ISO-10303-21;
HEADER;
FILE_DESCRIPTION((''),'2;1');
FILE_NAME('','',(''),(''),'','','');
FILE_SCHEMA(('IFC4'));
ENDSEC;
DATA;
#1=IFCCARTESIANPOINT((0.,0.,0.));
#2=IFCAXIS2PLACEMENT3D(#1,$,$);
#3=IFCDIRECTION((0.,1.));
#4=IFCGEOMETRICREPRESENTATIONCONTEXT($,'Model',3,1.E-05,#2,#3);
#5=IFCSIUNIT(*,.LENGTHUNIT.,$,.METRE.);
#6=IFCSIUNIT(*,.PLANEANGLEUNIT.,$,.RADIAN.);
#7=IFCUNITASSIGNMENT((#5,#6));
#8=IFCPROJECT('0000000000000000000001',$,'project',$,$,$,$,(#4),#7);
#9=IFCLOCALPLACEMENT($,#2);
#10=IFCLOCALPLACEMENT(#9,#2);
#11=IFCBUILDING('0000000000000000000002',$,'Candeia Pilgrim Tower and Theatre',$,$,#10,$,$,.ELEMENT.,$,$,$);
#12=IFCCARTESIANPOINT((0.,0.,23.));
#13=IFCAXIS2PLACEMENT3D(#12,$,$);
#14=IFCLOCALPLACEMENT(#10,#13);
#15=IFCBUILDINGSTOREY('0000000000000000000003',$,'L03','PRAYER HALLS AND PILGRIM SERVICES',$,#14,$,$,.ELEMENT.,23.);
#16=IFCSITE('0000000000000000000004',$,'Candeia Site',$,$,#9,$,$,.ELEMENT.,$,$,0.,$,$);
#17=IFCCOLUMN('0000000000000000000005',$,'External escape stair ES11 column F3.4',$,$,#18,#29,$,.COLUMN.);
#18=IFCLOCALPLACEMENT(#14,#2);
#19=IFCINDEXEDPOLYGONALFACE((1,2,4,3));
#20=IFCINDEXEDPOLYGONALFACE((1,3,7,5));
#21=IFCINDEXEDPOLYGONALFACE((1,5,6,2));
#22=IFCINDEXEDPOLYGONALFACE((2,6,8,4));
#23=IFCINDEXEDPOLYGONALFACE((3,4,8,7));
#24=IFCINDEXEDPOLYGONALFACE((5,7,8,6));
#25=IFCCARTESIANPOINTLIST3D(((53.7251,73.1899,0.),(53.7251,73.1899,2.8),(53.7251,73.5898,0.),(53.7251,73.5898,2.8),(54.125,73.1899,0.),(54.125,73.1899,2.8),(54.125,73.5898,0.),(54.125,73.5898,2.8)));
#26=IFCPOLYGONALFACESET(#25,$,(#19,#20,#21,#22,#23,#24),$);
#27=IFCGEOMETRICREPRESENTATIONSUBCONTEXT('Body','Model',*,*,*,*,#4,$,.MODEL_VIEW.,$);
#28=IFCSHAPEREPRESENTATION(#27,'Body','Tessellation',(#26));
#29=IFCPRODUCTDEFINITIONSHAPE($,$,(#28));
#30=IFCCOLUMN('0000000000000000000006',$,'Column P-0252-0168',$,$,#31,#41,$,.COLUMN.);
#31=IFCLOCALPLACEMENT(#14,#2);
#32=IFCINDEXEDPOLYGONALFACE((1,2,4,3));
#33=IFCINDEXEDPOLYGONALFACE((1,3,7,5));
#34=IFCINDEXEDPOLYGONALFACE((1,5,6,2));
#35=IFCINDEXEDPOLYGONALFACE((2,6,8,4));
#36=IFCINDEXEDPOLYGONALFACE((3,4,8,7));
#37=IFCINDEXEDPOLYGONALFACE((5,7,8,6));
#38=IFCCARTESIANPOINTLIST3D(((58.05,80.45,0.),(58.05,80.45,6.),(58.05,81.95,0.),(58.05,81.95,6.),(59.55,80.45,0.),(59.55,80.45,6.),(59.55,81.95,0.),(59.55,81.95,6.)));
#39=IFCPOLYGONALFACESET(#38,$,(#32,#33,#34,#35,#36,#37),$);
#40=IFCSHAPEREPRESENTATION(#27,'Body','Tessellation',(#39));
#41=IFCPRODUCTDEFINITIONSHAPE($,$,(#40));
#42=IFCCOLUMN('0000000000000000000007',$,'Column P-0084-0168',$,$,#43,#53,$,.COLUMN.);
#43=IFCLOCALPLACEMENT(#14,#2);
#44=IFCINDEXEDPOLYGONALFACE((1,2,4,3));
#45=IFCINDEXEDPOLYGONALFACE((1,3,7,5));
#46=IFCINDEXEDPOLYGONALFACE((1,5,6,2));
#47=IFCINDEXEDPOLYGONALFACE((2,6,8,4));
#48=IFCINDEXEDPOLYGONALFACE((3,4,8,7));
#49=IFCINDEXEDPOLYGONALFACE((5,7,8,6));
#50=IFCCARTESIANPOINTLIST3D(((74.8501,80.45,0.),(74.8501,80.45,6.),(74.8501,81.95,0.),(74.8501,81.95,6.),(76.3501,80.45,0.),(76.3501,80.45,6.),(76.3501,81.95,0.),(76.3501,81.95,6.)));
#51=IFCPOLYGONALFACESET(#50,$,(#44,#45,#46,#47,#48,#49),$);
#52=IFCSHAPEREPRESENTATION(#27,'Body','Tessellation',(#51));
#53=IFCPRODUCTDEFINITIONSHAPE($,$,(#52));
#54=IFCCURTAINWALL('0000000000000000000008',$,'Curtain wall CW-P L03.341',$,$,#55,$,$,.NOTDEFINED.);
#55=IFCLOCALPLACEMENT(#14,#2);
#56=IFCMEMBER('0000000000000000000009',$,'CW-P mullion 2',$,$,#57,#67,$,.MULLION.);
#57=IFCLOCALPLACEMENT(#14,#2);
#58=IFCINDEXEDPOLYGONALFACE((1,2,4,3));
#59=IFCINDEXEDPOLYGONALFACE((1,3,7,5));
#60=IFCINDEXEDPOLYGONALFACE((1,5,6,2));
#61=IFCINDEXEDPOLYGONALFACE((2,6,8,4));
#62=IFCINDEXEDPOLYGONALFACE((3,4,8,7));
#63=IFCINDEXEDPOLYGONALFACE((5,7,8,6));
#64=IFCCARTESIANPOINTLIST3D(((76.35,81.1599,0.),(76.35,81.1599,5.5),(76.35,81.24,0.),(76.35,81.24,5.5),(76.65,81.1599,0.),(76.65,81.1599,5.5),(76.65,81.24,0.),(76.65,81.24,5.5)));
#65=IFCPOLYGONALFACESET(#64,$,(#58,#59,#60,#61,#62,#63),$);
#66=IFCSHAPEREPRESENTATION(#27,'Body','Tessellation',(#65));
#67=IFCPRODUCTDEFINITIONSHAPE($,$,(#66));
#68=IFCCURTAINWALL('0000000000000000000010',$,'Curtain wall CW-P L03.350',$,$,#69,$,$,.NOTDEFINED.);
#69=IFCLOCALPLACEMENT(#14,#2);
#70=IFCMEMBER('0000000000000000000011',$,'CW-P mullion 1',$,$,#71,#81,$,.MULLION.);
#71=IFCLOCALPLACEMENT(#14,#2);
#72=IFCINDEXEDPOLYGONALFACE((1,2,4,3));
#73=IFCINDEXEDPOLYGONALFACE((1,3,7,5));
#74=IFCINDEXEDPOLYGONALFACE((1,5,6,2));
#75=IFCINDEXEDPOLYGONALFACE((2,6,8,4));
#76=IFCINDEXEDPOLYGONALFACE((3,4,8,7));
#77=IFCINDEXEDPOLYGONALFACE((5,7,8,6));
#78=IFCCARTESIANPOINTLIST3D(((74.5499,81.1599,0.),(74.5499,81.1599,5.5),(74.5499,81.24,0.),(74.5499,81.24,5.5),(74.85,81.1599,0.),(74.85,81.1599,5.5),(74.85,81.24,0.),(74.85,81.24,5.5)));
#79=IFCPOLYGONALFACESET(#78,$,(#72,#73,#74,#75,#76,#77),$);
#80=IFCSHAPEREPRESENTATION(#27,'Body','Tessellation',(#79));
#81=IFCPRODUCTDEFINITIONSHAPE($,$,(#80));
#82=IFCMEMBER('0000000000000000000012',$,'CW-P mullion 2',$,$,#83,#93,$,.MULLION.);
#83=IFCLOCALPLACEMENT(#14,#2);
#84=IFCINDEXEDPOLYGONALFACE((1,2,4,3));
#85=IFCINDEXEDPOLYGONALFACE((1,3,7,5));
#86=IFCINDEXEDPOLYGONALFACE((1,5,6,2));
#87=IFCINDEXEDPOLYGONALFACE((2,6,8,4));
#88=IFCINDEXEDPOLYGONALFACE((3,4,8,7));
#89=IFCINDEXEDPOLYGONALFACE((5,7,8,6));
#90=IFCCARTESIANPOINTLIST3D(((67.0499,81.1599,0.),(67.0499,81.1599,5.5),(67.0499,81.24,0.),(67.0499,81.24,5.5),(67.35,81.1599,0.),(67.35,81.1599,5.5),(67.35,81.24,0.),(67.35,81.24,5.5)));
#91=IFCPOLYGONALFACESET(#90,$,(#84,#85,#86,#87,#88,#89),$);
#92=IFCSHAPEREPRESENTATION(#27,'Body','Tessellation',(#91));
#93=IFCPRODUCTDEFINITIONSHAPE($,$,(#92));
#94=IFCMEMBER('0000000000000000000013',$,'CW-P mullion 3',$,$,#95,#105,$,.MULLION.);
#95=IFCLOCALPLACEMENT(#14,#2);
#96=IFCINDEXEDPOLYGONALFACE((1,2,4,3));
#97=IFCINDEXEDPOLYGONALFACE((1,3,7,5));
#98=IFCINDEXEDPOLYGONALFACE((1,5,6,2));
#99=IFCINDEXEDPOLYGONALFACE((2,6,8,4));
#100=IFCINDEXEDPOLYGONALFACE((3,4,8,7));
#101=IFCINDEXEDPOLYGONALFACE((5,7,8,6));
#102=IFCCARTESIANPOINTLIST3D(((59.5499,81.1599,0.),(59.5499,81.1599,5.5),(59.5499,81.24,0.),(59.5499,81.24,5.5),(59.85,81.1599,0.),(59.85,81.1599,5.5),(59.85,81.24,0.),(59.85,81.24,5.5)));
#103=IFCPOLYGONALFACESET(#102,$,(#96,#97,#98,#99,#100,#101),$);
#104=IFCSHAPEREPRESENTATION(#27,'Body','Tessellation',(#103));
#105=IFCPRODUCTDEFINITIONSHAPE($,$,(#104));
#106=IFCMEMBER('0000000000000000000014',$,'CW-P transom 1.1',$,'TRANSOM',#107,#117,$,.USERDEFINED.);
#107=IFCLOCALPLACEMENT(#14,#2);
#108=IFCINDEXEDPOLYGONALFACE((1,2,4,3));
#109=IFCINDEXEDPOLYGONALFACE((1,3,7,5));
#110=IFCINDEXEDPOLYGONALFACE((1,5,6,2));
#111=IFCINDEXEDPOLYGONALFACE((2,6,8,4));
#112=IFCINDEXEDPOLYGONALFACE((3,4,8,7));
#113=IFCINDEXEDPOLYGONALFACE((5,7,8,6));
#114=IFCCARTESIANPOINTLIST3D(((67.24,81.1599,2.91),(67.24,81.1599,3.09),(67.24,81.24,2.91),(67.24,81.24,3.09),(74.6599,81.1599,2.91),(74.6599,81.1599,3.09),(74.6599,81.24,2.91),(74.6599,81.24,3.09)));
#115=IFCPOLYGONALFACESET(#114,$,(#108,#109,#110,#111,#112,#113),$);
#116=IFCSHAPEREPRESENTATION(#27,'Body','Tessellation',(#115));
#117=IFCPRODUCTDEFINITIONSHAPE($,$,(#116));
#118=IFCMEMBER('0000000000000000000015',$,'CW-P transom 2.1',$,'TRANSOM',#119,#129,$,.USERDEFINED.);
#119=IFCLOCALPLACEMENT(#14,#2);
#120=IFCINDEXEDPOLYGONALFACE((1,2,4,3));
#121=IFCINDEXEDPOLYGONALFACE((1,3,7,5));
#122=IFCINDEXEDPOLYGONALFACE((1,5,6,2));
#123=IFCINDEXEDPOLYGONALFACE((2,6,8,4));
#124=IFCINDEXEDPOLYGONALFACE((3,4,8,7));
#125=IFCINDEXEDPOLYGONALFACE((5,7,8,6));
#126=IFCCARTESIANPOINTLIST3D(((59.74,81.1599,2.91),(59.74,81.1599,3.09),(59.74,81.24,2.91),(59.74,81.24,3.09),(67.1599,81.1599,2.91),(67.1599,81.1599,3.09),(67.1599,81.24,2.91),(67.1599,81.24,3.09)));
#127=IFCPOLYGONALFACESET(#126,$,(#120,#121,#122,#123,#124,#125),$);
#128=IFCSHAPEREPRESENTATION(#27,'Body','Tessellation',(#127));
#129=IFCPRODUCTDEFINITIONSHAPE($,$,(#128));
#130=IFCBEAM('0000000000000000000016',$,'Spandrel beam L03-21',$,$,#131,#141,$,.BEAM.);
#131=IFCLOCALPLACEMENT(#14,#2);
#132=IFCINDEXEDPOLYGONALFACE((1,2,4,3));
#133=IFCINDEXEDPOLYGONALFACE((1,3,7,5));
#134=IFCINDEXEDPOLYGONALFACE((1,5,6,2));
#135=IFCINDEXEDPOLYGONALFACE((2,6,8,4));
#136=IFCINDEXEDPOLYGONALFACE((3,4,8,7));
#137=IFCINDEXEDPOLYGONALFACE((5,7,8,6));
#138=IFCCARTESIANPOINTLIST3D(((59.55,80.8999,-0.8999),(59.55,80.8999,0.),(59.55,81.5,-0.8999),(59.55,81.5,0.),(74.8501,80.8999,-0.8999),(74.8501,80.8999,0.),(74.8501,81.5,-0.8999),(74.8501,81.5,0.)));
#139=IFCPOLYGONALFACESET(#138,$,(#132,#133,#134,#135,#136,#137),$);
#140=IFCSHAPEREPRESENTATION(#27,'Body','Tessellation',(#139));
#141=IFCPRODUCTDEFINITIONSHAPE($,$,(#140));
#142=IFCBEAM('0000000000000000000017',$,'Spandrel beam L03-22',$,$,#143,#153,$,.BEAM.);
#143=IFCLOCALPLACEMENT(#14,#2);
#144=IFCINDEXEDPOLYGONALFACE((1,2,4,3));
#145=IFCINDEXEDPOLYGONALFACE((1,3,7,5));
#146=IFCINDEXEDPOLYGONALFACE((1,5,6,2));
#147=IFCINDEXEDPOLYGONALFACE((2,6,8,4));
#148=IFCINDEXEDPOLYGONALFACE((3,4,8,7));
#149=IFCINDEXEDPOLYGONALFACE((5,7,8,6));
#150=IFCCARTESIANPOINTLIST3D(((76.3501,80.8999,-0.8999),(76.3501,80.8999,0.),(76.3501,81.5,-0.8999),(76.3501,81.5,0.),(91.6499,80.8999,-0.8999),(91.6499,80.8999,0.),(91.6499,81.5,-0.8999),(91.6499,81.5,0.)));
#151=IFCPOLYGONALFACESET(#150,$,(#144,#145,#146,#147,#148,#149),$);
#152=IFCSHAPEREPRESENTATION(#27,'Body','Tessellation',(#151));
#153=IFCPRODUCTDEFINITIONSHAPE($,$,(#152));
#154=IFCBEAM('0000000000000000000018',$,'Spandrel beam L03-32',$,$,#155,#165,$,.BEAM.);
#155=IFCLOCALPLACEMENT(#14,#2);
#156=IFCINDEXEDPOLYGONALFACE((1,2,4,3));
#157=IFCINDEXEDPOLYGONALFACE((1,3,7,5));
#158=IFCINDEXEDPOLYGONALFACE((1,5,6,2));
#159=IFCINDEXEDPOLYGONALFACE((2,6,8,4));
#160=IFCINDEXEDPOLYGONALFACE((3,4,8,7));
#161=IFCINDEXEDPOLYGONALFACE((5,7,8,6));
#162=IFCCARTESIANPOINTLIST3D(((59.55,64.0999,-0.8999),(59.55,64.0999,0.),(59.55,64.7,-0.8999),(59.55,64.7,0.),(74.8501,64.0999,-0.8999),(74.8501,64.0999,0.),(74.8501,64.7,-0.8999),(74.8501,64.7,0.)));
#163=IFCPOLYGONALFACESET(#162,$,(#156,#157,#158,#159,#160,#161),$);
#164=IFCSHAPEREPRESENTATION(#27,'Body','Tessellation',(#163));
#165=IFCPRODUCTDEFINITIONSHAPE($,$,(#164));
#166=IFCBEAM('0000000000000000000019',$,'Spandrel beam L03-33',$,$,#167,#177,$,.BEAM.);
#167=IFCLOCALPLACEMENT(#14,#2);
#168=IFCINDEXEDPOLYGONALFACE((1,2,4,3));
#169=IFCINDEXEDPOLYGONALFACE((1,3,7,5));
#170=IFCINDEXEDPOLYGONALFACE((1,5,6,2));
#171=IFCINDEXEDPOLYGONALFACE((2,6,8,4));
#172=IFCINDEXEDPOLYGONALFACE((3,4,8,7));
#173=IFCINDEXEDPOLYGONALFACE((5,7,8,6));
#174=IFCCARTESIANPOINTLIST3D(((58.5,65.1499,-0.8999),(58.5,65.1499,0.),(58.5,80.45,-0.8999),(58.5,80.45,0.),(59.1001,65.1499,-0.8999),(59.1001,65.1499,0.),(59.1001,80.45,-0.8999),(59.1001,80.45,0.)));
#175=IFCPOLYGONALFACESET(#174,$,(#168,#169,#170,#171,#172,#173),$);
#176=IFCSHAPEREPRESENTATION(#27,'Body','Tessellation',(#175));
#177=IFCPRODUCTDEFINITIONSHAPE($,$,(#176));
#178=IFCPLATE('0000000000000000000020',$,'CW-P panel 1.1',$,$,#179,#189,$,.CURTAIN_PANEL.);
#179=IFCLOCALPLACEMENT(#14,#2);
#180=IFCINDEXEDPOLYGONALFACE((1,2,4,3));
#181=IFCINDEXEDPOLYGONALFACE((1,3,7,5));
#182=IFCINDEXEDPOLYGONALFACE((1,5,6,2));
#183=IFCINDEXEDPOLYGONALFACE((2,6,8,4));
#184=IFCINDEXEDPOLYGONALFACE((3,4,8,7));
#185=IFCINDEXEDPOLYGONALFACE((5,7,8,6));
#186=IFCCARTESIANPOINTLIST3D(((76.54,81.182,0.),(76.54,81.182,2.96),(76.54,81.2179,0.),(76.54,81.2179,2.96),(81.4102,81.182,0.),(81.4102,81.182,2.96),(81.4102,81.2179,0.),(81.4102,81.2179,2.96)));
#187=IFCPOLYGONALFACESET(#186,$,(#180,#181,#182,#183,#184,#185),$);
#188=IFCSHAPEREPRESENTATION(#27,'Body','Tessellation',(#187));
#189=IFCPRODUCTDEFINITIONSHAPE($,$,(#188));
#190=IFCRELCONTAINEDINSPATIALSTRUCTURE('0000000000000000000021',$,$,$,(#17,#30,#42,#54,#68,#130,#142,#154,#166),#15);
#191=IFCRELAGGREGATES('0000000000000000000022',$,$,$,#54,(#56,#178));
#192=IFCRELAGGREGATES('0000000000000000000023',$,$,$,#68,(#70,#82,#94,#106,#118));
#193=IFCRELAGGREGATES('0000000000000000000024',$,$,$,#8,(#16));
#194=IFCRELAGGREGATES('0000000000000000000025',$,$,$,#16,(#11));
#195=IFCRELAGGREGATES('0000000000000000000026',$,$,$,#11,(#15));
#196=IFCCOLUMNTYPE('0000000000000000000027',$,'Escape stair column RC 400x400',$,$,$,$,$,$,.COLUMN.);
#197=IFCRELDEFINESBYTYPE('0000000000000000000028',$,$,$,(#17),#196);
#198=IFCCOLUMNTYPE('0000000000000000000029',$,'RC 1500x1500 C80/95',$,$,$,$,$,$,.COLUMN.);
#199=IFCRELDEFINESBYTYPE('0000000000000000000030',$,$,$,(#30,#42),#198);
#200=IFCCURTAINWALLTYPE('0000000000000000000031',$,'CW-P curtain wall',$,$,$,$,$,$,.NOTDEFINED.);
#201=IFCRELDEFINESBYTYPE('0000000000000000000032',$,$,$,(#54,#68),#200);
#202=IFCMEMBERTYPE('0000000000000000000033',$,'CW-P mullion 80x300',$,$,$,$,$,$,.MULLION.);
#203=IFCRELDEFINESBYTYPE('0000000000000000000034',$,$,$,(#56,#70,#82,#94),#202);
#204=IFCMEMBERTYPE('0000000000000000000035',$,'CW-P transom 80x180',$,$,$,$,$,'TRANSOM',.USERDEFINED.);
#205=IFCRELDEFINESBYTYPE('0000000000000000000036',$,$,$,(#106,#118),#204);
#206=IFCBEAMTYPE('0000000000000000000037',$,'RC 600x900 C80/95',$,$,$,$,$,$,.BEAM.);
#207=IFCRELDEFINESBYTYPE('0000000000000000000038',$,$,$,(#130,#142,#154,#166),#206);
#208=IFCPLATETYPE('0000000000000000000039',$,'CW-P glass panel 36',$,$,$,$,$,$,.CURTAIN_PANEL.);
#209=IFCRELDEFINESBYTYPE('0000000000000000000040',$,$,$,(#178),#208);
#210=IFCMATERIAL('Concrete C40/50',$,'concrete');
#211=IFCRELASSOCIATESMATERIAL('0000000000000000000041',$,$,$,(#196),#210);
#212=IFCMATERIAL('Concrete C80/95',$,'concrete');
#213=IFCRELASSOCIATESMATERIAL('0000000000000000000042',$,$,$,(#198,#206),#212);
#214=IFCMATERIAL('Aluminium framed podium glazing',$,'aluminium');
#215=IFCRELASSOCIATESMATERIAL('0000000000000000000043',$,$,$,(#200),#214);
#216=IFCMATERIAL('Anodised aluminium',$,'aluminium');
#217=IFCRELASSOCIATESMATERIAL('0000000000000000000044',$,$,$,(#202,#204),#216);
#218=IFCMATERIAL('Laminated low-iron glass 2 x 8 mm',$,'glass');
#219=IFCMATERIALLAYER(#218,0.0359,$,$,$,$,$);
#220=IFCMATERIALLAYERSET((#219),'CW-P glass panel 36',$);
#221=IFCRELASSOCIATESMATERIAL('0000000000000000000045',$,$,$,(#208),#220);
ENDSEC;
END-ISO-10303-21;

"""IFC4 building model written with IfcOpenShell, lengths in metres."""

from ifc_helpers import new_model, si_unit, direction, frame, origin, origin_2d, place, context, subcontext, project, spatial, rectangle, extrude, material, layer, layer_set, material_profile, profile_set, type_object, element, aggregate, save


model = new_model("IFC4")

# Units and contexts
model_context = context("Model", 3, precision=1e-05, world=origin(), true_north=direction((0.0, 1.0)))
body_context = subcontext(model_context, "Body", "Model", "MODEL_VIEW")
ifc_project = project(units=[si_unit("LENGTHUNIT", "METRE"), si_unit("PLANEANGLEUNIT", "RADIAN")], contexts=[model_context])

# Site, building, storey
site_placement = place(None, origin())
site = spatial("IfcSite", under=ifc_project, at=site_placement, Name="Candeia Site", CompositionType="ELEMENT", RefElevation=0.0)
building_placement = place(site_placement, origin())
building = spatial("IfcBuilding", under=site, at=building_placement, Name="Candeia Pilgrim Tower and Theatre", CompositionType="ELEMENT")
storey_placement = place(building_placement, frame((0.0, 0.0, 23.0)))
storey = spatial("IfcBuildingStorey", under=building, at=storey_placement, Name="L03", Description="PRAYER HALLS AND PILGRIM SERVICES", CompositionType="ELEMENT", Elevation=23.0)

# Columns
ifc_material_1 = material(Name="Concrete C40/50", Category="concrete")
ifc_material_profile_1 = material_profile(ifc_material_1, rectangle(XDim=0.3999, YDim=0.3999, at=origin_2d()))
ifc_profile_set_1 = profile_set([ifc_material_profile_1], Name="Concrete C40/50")
column_type_1 = type_object("IfcColumnType", Name="Escape stair column RC 400x400", PredefinedType="COLUMN", material=ifc_profile_set_1)
column_placement = place(storey_placement, frame((53.925, 73.3899, 0.0), z_axis=(0.0, 0.0, 1.0), x_axis=(1.0, 0.0, 0.0)))
element("IfcColumn", 1, at=column_placement, inside=storey, type_object=column_type_1, Name="External escape stair ES11 column F3.4", PredefinedType="COLUMN", context=body_context, shape_type="SweptSolid", body=[
    extrude(rectangle(XDim=0.3999, YDim=0.3999, at=origin_2d()), origin(), (0.0, 0.0, 1.0), 2.8),
])
ifc_material_2 = material(Name="Concrete C80/95", Category="concrete")
ifc_material_profile_2 = material_profile(ifc_material_2, rectangle(XDim=1.5, YDim=1.5, at=origin_2d()))
ifc_profile_set_2 = profile_set([ifc_material_profile_2], Name="Concrete C80/95")
column_type_2 = type_object("IfcColumnType", Name="RC 1500x1500 C80/95", PredefinedType="COLUMN", material=ifc_profile_set_2)
for number, where, z_axis, x_axis, name in (
    (2, (58.8, 81.2, 0.0), (0.0, 0.0, 1.0), (1.0, 0.0, 0.0), "Column P-0252-0168"),
    (3, (75.6001, 81.2, 0.0), (0.0, 0.0, 1.0), (1.0, 0.0, 0.0), "Column P-0084-0168"),
):
    element("IfcColumn", number, at=place(storey_placement, frame(where, z_axis=z_axis, x_axis=x_axis)), inside=storey, type_object=column_type_2, Name=name, PredefinedType="COLUMN", context=body_context, shape_type="SweptSolid", body=[
        extrude(rectangle(XDim=1.5, YDim=1.5, at=origin_2d()), origin(), (0.0, 0.0, 1.0), 6.0),
    ])

# Curtain wall, member
ifc_material_3 = material(Name="Aluminium framed podium glazing", Category="aluminium")
curtain_wall_type = type_object("IfcCurtainWallType", Name="CW-P curtain wall", PredefinedType="NOTDEFINED", material=ifc_material_3)
curtain_wall_1_placement = place(storey_placement, origin())
curtain_wall_1 = element("IfcCurtainWall", 4, at=curtain_wall_1_placement, inside=storey, type_object=curtain_wall_type, Name="Curtain wall CW-P L03.341", PredefinedType="NOTDEFINED")
ifc_material_4 = material(Name="Anodised aluminium", Category="aluminium")
ifc_material_profile_3 = material_profile(ifc_material_4, rectangle(XDim=0.0801, YDim=0.3, at=origin_2d()))
ifc_profile_set_3 = profile_set([ifc_material_profile_3], Name="Anodised aluminium")
member_type_1 = type_object("IfcMemberType", Name="CW-P mullion 80x300", PredefinedType="MULLION", material=ifc_profile_set_3)
member_1_placement = place(storey_placement, frame((76.5, 81.2, 0.0), z_axis=(0.0, 0.0, 1.0), x_axis=(0.0, -1.0, 0.0)))
member_1 = element("IfcMember", 5, at=member_1_placement, type_object=member_type_1, Name="CW-P mullion 2", PredefinedType="MULLION", context=body_context, shape_type="SweptSolid", body=[
    extrude(rectangle(XDim=0.0801, YDim=0.3, at=origin_2d()), origin(), (0.0, 0.0, 1.0), 5.5),
])

# Curtain wall, members
curtain_wall_2_placement = place(storey_placement, origin())
curtain_wall_2 = element("IfcCurtainWall", 6, at=curtain_wall_2_placement, inside=storey, type_object=curtain_wall_type, Name="Curtain wall CW-P L03.350", PredefinedType="NOTDEFINED")
member_2_placement = place(storey_placement, frame((74.7, 81.2, 0.0), z_axis=(0.0, 0.0, 1.0), x_axis=(0.0, -1.0, 0.0)))
member_2 = element("IfcMember", 7, at=member_2_placement, type_object=member_type_1, Name="CW-P mullion 1", PredefinedType="MULLION", context=body_context, shape_type="SweptSolid", body=[
    extrude(rectangle(XDim=0.0801, YDim=0.3, at=origin_2d()), origin(), (0.0, 0.0, 1.0), 5.5),
])
member_3_placement = place(storey_placement, frame((67.2, 81.2, 0.0), z_axis=(0.0, 0.0, 1.0), x_axis=(0.0, -1.0, 0.0)))
member_3 = element("IfcMember", 8, at=member_3_placement, type_object=member_type_1, Name="CW-P mullion 2", PredefinedType="MULLION", context=body_context, shape_type="SweptSolid", body=[
    extrude(rectangle(XDim=0.0801, YDim=0.3, at=origin_2d()), origin(), (0.0, 0.0, 1.0), 5.5),
])
member_4_placement = place(storey_placement, frame((59.7, 81.2, 0.0), z_axis=(0.0, 0.0, 1.0), x_axis=(0.0, -1.0, 0.0)))
member_4 = element("IfcMember", 9, at=member_4_placement, type_object=member_type_1, Name="CW-P mullion 3", PredefinedType="MULLION", context=body_context, shape_type="SweptSolid", body=[
    extrude(rectangle(XDim=0.0801, YDim=0.3, at=origin_2d()), origin(), (0.0, 0.0, 1.0), 5.5),
])
ifc_material_profile_4 = material_profile(ifc_material_4, rectangle(XDim=0.0801, YDim=0.1799, at=origin_2d()))
ifc_profile_set_4 = profile_set([ifc_material_profile_4], Name="Anodised aluminium")
member_type_2 = type_object("IfcMemberType", Name="CW-P transom 80x180", ElementType="TRANSOM", PredefinedType="USERDEFINED", material=ifc_profile_set_4)
member_5_placement = place(storey_placement, frame((74.6599, 81.2, 3.0), z_axis=(-1.0, 0.0, 0.0), x_axis=(0.0, -1.0, 0.0)))
member_5 = element("IfcMember", 10, at=member_5_placement, type_object=member_type_2, Name="CW-P transom 1.1", ObjectType="TRANSOM", PredefinedType="USERDEFINED", context=body_context, shape_type="SweptSolid", body=[
    extrude(rectangle(XDim=0.0801, YDim=0.1799, at=origin_2d()), origin(), (0.0, 0.0, 1.0), 7.4199),
])
member_6_placement = place(storey_placement, frame((67.1599, 81.2, 3.0), z_axis=(-1.0, 0.0, 0.0), x_axis=(0.0, -1.0, 0.0)))
member_6 = element("IfcMember", 11, at=member_6_placement, type_object=member_type_2, Name="CW-P transom 2.1", ObjectType="TRANSOM", PredefinedType="USERDEFINED", context=body_context, shape_type="SweptSolid", body=[
    extrude(rectangle(XDim=0.0801, YDim=0.1799, at=origin_2d()), origin(), (0.0, 0.0, 1.0), 7.4199),
])

# Beams
ifc_material_profile_5 = material_profile(ifc_material_2, rectangle(XDim=0.6001, YDim=0.8999, at=origin_2d()))
ifc_profile_set_5 = profile_set([ifc_material_profile_5], Name="Concrete C80/95")
beam_type = type_object("IfcBeamType", Name="RC 600x900 C80/95", PredefinedType="BEAM", material=ifc_profile_set_5)
beam_1_placement = place(storey_placement, frame((59.55, 81.2, -0.45), z_axis=(1.0, 0.0, 0.0), x_axis=(0.0, 1.0, 0.0)))
element("IfcBeam", 12, at=beam_1_placement, inside=storey, type_object=beam_type, Name="Spandrel beam L03-21", PredefinedType="BEAM", context=body_context, shape_type="SweptSolid", body=[
    extrude(rectangle(XDim=0.6001, YDim=0.8999, at=origin_2d()), origin(), (0.0, 0.0, 1.0), 15.3),
])
beam_2_placement = place(storey_placement, frame((76.3501, 81.2, -0.45), z_axis=(1.0, 0.0, 0.0), x_axis=(0.0, 1.0, 0.0)))
element("IfcBeam", 13, at=beam_2_placement, inside=storey, type_object=beam_type, Name="Spandrel beam L03-22", PredefinedType="BEAM", context=body_context, shape_type="SweptSolid", body=[
    extrude(rectangle(XDim=0.6001, YDim=0.8999, at=origin_2d()), origin(), (0.0, 0.0, 1.0), 15.2998),
])
for number, where, z_axis, x_axis, name in (
    (14, (74.8501, 64.3999, -0.45), (-1.0, 0.0, 0.0), (0.0, -1.0, 0.0), "Spandrel beam L03-32"),
    (15, (58.8, 65.1499, -0.45), (0.0, 1.0, 0.0), (-1.0, 0.0, 0.0), "Spandrel beam L03-33"),
):
    element("IfcBeam", number, at=place(storey_placement, frame(where, z_axis=z_axis, x_axis=x_axis)), inside=storey, type_object=beam_type, Name=name, PredefinedType="BEAM", context=body_context, shape_type="SweptSolid", body=[
        extrude(rectangle(XDim=0.6001, YDim=0.8999, at=origin_2d()), origin(), (0.0, 0.0, 1.0), 15.3),
    ])

# Plate
ifc_material_5 = material(Name="Laminated low-iron glass 2 x 8 mm", Category="glass")
ifc_layer_1 = layer(ifc_material_5, 0.0359)
ifc_layer_set_1 = layer_set([ifc_layer_1], Name="CW-P glass panel 36")
plate_type = type_object("IfcPlateType", Name="CW-P glass panel 36", PredefinedType="CURTAIN_PANEL", material=ifc_layer_set_1)
plate_1_placement = place(storey_placement, frame((78.9751, 81.2, 0.0), z_axis=(0.0, 0.0, 1.0), x_axis=(-1.0, 0.0, 0.0)))
plate_1 = element("IfcPlate", 16, at=plate_1_placement, type_object=plate_type, Name="CW-P panel 1.1", PredefinedType="CURTAIN_PANEL", context=body_context, shape_type="SweptSolid", body=[
    extrude(rectangle(XDim=4.8701, YDim=0.0359, at=origin_2d()), origin(), (0.0, 0.0, 1.0), 2.96),
])
aggregate(curtain_wall_1, [member_1, plate_1])
aggregate(curtain_wall_2, [member_2, member_3, member_4, member_5, member_6])

save(model, "model.ifc")
